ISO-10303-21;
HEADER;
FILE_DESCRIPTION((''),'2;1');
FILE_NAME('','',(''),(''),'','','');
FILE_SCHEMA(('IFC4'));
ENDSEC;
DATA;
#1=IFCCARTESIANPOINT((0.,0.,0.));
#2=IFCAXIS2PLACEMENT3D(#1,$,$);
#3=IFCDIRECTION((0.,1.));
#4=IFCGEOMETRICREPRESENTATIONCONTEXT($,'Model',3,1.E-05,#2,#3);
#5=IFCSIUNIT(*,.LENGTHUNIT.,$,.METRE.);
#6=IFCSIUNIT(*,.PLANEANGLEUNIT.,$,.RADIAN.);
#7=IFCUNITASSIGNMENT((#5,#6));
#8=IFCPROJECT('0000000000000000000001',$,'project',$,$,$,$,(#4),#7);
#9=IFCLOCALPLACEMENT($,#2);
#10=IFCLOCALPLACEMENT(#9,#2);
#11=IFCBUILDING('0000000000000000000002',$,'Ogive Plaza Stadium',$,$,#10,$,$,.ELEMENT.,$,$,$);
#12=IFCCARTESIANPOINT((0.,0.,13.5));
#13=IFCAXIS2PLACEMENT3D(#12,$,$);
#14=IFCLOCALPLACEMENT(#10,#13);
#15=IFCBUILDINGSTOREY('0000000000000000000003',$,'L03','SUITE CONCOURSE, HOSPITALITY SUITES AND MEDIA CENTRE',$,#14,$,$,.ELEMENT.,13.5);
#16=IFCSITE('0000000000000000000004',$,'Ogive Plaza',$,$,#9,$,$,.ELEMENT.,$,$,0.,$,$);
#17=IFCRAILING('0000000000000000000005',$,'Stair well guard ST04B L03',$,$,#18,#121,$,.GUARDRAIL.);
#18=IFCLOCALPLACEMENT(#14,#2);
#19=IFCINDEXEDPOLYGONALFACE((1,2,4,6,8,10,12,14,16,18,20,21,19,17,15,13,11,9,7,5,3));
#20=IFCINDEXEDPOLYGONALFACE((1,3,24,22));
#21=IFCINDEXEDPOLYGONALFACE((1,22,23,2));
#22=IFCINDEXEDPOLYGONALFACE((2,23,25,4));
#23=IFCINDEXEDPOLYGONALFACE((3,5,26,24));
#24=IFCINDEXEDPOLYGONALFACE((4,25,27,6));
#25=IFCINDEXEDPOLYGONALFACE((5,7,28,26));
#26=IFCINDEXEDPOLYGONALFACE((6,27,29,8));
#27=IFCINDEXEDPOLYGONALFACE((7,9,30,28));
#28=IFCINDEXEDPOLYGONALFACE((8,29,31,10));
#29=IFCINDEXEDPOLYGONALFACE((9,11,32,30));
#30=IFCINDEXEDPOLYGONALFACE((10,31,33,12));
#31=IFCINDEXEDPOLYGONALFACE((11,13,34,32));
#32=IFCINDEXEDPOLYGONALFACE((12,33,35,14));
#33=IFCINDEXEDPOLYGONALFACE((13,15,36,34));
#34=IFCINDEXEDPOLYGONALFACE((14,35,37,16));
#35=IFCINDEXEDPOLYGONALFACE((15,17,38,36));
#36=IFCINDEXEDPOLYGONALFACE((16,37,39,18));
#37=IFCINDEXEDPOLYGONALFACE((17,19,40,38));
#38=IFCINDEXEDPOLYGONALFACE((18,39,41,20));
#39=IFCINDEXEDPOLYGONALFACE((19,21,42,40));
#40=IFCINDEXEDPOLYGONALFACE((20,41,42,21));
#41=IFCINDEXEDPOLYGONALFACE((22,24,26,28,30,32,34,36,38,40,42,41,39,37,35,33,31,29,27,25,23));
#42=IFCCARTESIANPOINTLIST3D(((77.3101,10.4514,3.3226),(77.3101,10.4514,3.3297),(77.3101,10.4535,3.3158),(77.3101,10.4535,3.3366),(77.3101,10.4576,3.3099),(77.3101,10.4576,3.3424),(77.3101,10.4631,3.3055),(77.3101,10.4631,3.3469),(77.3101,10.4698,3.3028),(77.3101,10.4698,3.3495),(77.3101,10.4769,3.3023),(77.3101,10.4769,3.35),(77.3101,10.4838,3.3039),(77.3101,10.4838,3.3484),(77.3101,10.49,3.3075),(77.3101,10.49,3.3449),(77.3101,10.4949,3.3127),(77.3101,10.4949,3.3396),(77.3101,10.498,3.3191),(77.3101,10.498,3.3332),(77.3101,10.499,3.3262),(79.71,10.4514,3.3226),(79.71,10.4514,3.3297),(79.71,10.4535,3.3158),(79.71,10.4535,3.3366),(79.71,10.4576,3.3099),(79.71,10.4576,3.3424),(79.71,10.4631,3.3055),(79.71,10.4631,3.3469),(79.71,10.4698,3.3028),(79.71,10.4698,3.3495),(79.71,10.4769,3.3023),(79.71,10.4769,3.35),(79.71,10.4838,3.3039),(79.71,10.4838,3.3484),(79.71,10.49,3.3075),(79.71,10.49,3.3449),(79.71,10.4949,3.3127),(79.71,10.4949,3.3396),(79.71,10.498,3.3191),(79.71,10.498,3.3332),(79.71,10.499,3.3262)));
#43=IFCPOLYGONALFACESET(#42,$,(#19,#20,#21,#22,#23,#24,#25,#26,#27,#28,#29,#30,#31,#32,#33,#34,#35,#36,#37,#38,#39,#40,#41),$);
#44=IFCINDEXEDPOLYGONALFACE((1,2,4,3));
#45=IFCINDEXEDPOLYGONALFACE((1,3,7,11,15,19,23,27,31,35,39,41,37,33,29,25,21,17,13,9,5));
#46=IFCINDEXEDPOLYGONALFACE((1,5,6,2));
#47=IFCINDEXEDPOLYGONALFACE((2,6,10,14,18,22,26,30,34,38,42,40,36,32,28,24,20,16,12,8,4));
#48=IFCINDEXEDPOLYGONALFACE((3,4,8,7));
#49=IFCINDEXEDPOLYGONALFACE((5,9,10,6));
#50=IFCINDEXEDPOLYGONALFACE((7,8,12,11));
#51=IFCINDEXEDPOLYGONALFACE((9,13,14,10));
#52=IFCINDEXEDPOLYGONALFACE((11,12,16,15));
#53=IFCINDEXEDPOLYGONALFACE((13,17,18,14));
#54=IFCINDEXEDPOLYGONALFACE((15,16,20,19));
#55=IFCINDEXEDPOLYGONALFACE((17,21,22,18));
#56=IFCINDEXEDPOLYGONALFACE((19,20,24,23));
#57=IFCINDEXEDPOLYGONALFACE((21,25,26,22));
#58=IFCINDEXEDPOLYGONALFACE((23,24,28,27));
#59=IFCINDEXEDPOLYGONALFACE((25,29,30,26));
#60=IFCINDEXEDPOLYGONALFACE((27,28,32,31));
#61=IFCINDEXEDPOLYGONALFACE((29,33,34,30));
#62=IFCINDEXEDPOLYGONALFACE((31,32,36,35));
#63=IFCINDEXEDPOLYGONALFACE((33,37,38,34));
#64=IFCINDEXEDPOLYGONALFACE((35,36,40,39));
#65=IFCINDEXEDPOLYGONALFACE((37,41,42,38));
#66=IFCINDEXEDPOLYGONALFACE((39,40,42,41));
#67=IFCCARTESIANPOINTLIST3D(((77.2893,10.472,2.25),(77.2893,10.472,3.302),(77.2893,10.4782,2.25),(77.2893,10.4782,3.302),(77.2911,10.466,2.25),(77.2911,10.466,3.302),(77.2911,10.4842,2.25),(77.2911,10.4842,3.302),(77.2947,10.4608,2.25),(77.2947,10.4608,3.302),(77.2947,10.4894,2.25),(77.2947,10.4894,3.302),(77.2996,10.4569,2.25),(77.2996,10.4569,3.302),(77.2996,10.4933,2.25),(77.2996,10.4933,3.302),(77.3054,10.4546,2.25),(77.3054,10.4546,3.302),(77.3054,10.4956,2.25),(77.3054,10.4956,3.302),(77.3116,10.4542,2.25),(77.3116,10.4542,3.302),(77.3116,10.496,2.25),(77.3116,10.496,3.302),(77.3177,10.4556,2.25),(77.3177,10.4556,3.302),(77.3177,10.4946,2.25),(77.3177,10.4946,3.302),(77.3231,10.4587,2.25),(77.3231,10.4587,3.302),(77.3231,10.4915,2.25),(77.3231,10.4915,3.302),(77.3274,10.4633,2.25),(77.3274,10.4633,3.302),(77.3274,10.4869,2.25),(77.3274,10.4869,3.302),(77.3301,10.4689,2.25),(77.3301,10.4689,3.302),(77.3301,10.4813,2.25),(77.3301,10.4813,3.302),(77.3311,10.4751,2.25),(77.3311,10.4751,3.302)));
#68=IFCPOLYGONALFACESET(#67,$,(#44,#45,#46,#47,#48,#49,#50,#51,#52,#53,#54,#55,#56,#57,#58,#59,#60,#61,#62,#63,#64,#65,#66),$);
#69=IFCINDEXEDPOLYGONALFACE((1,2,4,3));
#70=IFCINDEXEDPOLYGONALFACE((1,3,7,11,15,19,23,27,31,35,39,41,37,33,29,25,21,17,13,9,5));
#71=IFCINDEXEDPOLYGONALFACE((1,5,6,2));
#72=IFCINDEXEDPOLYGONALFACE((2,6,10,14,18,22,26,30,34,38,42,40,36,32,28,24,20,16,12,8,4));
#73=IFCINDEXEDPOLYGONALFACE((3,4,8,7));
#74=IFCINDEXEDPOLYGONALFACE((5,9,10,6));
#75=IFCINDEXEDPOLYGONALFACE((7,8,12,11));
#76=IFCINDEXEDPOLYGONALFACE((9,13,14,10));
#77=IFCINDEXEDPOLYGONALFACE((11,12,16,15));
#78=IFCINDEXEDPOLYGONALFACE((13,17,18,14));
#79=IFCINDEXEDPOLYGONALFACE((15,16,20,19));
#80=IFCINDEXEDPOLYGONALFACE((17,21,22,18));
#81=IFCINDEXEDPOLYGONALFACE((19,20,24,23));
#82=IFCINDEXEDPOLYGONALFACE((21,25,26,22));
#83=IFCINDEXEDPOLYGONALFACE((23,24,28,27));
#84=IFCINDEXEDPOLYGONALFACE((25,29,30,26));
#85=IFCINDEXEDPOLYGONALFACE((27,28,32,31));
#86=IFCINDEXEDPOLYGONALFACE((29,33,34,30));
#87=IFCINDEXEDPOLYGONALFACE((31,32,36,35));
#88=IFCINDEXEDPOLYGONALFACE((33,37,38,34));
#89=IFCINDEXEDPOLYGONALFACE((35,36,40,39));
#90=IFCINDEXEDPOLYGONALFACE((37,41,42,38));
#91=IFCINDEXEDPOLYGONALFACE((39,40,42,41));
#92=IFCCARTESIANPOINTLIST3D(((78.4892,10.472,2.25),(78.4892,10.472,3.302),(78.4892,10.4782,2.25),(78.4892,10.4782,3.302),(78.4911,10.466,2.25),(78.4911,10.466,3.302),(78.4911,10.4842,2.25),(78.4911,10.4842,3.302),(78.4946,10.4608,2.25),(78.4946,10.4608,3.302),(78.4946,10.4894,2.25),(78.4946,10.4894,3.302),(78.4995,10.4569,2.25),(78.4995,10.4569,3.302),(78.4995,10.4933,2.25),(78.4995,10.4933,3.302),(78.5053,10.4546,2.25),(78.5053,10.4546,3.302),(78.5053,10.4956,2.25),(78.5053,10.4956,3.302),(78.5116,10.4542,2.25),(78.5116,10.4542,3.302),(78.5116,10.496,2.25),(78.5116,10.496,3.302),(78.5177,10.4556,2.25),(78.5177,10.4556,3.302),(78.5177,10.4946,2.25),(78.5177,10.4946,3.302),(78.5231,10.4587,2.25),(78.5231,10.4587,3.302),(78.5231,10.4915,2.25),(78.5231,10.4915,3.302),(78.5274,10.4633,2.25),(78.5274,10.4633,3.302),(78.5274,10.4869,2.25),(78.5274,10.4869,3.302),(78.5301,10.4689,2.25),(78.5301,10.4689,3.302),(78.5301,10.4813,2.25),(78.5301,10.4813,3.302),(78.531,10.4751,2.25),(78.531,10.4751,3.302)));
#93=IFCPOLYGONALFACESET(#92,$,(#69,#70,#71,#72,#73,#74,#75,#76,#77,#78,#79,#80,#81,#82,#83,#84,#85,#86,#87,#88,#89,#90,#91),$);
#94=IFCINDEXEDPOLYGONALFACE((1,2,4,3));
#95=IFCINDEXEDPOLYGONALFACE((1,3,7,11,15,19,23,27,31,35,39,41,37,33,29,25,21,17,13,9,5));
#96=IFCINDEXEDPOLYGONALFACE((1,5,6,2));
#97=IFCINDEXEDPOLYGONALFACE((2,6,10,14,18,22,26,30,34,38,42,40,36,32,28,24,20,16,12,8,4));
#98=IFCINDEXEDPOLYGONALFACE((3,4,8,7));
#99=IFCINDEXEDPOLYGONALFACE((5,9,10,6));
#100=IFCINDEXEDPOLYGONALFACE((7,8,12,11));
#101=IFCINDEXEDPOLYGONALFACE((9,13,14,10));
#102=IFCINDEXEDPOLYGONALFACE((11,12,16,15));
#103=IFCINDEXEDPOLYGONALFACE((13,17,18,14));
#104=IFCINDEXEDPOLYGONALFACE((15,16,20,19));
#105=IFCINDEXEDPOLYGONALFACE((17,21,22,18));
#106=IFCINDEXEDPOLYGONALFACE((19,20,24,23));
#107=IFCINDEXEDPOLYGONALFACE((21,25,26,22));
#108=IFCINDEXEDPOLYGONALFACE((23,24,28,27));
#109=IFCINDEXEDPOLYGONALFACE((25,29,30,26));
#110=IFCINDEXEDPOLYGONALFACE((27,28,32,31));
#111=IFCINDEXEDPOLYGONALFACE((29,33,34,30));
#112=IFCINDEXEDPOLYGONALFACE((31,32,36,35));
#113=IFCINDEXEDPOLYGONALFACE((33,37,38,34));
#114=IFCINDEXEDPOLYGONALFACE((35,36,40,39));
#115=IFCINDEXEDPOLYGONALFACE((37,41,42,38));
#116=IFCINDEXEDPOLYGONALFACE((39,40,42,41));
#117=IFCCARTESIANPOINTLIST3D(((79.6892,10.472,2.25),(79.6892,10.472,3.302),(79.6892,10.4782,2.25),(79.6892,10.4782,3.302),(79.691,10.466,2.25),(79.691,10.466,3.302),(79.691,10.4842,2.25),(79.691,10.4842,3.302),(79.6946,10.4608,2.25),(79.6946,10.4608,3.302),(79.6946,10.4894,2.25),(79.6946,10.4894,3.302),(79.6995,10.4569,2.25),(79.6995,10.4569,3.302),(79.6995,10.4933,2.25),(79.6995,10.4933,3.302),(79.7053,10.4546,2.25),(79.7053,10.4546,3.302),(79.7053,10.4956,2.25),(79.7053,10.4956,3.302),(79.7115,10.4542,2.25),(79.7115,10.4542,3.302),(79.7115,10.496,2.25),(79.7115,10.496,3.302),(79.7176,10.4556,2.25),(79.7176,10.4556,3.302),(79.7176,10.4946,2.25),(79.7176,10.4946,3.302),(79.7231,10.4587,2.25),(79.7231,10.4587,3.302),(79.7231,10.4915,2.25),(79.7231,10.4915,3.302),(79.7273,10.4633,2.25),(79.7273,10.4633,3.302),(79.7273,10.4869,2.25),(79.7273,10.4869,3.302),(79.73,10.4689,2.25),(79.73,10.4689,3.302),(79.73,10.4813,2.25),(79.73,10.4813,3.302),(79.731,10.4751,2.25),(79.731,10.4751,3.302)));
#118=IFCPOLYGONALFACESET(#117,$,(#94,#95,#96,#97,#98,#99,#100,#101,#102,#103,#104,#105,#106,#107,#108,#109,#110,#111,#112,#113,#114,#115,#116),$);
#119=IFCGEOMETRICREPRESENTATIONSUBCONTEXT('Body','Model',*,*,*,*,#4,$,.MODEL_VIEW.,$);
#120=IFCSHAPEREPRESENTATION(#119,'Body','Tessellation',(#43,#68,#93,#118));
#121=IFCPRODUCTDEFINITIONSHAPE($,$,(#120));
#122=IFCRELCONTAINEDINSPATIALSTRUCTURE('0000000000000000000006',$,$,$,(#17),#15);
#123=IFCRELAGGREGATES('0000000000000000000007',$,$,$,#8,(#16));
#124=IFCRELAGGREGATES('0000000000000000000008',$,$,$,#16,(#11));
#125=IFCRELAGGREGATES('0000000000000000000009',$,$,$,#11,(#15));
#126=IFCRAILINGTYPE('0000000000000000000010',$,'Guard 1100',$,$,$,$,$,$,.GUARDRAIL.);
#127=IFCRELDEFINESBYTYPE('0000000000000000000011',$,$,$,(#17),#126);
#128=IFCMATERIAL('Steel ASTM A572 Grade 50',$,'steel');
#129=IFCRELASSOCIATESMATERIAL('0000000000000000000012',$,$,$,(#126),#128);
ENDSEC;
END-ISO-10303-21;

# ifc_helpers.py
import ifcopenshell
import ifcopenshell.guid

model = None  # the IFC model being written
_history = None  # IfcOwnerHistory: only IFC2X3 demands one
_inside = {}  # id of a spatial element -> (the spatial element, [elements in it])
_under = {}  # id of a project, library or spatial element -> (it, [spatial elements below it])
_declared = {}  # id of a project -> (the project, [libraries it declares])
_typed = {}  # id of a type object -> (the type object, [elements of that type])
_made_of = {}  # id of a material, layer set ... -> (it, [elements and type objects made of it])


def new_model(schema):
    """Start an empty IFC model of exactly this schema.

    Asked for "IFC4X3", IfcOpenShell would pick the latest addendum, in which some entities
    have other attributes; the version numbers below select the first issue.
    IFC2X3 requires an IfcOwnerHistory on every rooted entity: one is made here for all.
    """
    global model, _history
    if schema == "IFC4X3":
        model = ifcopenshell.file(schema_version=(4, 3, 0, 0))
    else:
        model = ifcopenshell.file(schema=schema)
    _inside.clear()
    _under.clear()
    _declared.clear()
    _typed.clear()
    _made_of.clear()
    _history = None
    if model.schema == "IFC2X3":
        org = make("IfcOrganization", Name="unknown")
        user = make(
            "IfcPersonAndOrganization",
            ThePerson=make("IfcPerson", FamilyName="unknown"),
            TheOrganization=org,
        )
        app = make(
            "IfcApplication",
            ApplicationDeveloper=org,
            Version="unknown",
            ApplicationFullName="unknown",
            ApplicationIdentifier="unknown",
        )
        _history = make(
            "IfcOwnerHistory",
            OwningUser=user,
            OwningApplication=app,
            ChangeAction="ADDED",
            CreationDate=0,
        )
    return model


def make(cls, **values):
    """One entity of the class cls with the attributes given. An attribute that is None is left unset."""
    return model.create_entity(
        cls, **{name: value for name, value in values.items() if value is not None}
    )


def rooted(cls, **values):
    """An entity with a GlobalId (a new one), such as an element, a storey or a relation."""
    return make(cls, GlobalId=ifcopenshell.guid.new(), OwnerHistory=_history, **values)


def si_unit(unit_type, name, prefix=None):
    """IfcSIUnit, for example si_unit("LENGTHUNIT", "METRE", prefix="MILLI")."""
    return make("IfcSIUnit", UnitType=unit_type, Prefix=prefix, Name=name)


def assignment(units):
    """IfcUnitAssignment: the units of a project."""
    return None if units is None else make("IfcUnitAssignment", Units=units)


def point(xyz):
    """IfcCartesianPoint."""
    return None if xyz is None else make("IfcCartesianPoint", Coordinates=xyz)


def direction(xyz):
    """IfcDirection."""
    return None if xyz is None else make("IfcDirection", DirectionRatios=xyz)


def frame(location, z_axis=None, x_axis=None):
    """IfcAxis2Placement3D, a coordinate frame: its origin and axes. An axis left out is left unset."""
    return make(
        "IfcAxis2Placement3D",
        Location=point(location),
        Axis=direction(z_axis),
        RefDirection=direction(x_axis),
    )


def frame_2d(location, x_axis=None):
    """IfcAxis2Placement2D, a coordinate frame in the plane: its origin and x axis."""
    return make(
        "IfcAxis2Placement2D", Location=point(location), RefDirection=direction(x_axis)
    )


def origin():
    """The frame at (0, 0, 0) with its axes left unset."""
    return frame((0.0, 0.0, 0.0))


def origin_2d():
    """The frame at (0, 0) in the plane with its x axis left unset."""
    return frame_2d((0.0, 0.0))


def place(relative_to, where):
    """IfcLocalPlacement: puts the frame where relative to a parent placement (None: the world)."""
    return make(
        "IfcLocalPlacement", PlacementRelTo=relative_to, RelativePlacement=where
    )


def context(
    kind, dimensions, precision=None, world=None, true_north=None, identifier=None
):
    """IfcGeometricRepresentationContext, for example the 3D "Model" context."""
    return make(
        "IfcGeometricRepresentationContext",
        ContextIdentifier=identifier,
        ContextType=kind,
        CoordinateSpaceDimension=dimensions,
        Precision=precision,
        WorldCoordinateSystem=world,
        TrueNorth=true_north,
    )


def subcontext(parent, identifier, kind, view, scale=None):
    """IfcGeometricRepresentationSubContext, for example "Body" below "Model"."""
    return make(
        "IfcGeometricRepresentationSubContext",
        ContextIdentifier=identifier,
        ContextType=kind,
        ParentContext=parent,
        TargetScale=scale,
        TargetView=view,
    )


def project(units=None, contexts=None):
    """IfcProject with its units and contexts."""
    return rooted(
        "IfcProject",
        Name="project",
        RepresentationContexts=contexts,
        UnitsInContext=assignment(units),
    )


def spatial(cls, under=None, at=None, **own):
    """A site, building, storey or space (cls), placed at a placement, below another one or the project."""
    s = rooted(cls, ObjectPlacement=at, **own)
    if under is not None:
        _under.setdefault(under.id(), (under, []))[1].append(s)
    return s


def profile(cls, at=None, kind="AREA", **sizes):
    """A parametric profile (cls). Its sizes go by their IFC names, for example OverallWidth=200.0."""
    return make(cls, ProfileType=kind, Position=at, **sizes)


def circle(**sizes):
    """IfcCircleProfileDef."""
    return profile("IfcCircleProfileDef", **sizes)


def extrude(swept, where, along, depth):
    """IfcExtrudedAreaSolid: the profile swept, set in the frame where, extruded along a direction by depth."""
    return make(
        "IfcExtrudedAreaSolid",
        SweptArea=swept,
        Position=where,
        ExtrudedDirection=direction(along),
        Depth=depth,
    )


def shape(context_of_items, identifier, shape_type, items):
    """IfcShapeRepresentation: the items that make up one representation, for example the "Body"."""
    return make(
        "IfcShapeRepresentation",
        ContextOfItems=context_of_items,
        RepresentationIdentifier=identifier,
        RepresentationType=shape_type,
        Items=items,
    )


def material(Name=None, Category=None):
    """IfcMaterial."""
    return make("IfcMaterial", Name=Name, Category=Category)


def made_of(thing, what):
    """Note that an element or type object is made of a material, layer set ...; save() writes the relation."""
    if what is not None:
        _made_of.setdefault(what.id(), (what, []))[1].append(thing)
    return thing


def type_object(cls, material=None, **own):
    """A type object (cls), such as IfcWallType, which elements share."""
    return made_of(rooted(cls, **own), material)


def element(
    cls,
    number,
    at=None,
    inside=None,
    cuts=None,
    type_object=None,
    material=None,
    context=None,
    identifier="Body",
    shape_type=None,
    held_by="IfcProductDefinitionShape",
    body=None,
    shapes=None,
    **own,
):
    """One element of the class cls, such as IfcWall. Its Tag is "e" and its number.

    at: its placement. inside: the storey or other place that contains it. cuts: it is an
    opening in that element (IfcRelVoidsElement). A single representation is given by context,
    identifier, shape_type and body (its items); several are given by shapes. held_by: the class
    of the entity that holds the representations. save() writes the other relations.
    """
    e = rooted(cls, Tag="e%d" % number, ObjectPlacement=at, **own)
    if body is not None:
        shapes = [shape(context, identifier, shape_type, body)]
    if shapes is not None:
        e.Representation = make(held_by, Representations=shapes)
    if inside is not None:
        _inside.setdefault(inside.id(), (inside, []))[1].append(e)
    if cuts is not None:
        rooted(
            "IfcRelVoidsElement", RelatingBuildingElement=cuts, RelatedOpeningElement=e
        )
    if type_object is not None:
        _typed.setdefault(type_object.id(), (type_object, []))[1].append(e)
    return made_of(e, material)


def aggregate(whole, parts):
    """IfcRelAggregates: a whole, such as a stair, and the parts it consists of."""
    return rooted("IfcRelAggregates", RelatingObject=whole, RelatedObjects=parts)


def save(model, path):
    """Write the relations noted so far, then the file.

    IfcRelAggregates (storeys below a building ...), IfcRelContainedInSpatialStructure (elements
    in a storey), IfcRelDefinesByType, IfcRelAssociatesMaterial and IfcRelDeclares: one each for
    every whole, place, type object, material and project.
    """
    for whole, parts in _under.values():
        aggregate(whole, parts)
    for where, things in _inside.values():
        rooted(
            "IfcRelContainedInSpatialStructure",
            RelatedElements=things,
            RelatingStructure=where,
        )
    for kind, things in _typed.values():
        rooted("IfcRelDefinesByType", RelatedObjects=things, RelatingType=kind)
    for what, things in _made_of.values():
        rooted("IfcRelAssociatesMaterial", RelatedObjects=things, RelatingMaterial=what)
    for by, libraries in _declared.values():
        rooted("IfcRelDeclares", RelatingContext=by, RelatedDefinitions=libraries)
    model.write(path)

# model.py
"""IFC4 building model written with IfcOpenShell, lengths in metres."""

from ifc_helpers import new_model, si_unit, direction, frame, origin, origin_2d, place, context, subcontext, project, spatial, circle, extrude, material, type_object, element, save


model = new_model("IFC4")

# Units and contexts
model_context = context("Model", 3, precision=1e-05, world=origin(), true_north=direction((0.0, 1.0)))
body_context = subcontext(model_context, "Body", "Model", "MODEL_VIEW")
ifc_project = project(units=[si_unit("LENGTHUNIT", "METRE"), si_unit("PLANEANGLEUNIT", "RADIAN")], contexts=[model_context])

# Site, building, storey
site_placement = place(None, origin())
site = spatial("IfcSite", under=ifc_project, at=site_placement, Name="Ogive Plaza", CompositionType="ELEMENT", RefElevation=0.0)
building_placement = place(site_placement, origin())
building = spatial("IfcBuilding", under=site, at=building_placement, Name="Ogive Plaza Stadium", CompositionType="ELEMENT")
storey_placement = place(building_placement, frame((0.0, 0.0, 13.5)))
storey = spatial("IfcBuildingStorey", under=building, at=storey_placement, Name="L03", Description="SUITE CONCOURSE, HOSPITALITY SUITES AND MEDIA CENTRE", CompositionType="ELEMENT", Elevation=13.5)

# Railing
ifc_material_1 = material(Name="Steel ASTM A572 Grade 50", Category="steel")
railing_type_1 = type_object("IfcRailingType", Name="Guard 1100", PredefinedType="GUARDRAIL", material=ifc_material_1)
for number, where, name in (
    (1, (77.3101, 10.4751, 2.25), "Stair well guard ST04B L03"),
):
    element("IfcRailing", number, at=place(storey_placement, frame(where)), inside=storey, type_object=railing_type_1, Name=name, PredefinedType="GUARDRAIL", context=body_context, shape_type="SweptSolid", body=[
        extrude(circle(Radius=0.0239, at=origin_2d()), frame((0.0, 0.0, 1.0762), z_axis=(1.0, 0.0, 0.0), x_axis=(0.0, 1.0, 0.0)), (0.0, 0.0, 1.0), 2.3999),
        extrude(circle(Radius=0.021, at=origin_2d()), origin(), (0.0, 0.0, 1.0), 1.052),
        extrude(circle(Radius=0.021, at=origin_2d()), frame((1.2, 0.0, 0.0)), (0.0, 0.0, 1.0), 1.052),
        extrude(circle(Radius=0.021, at=origin_2d()), frame((2.3999, 0.0, 0.0)), (0.0, 0.0, 1.0), 1.052),
    ])

save(model, "model.ifc")
